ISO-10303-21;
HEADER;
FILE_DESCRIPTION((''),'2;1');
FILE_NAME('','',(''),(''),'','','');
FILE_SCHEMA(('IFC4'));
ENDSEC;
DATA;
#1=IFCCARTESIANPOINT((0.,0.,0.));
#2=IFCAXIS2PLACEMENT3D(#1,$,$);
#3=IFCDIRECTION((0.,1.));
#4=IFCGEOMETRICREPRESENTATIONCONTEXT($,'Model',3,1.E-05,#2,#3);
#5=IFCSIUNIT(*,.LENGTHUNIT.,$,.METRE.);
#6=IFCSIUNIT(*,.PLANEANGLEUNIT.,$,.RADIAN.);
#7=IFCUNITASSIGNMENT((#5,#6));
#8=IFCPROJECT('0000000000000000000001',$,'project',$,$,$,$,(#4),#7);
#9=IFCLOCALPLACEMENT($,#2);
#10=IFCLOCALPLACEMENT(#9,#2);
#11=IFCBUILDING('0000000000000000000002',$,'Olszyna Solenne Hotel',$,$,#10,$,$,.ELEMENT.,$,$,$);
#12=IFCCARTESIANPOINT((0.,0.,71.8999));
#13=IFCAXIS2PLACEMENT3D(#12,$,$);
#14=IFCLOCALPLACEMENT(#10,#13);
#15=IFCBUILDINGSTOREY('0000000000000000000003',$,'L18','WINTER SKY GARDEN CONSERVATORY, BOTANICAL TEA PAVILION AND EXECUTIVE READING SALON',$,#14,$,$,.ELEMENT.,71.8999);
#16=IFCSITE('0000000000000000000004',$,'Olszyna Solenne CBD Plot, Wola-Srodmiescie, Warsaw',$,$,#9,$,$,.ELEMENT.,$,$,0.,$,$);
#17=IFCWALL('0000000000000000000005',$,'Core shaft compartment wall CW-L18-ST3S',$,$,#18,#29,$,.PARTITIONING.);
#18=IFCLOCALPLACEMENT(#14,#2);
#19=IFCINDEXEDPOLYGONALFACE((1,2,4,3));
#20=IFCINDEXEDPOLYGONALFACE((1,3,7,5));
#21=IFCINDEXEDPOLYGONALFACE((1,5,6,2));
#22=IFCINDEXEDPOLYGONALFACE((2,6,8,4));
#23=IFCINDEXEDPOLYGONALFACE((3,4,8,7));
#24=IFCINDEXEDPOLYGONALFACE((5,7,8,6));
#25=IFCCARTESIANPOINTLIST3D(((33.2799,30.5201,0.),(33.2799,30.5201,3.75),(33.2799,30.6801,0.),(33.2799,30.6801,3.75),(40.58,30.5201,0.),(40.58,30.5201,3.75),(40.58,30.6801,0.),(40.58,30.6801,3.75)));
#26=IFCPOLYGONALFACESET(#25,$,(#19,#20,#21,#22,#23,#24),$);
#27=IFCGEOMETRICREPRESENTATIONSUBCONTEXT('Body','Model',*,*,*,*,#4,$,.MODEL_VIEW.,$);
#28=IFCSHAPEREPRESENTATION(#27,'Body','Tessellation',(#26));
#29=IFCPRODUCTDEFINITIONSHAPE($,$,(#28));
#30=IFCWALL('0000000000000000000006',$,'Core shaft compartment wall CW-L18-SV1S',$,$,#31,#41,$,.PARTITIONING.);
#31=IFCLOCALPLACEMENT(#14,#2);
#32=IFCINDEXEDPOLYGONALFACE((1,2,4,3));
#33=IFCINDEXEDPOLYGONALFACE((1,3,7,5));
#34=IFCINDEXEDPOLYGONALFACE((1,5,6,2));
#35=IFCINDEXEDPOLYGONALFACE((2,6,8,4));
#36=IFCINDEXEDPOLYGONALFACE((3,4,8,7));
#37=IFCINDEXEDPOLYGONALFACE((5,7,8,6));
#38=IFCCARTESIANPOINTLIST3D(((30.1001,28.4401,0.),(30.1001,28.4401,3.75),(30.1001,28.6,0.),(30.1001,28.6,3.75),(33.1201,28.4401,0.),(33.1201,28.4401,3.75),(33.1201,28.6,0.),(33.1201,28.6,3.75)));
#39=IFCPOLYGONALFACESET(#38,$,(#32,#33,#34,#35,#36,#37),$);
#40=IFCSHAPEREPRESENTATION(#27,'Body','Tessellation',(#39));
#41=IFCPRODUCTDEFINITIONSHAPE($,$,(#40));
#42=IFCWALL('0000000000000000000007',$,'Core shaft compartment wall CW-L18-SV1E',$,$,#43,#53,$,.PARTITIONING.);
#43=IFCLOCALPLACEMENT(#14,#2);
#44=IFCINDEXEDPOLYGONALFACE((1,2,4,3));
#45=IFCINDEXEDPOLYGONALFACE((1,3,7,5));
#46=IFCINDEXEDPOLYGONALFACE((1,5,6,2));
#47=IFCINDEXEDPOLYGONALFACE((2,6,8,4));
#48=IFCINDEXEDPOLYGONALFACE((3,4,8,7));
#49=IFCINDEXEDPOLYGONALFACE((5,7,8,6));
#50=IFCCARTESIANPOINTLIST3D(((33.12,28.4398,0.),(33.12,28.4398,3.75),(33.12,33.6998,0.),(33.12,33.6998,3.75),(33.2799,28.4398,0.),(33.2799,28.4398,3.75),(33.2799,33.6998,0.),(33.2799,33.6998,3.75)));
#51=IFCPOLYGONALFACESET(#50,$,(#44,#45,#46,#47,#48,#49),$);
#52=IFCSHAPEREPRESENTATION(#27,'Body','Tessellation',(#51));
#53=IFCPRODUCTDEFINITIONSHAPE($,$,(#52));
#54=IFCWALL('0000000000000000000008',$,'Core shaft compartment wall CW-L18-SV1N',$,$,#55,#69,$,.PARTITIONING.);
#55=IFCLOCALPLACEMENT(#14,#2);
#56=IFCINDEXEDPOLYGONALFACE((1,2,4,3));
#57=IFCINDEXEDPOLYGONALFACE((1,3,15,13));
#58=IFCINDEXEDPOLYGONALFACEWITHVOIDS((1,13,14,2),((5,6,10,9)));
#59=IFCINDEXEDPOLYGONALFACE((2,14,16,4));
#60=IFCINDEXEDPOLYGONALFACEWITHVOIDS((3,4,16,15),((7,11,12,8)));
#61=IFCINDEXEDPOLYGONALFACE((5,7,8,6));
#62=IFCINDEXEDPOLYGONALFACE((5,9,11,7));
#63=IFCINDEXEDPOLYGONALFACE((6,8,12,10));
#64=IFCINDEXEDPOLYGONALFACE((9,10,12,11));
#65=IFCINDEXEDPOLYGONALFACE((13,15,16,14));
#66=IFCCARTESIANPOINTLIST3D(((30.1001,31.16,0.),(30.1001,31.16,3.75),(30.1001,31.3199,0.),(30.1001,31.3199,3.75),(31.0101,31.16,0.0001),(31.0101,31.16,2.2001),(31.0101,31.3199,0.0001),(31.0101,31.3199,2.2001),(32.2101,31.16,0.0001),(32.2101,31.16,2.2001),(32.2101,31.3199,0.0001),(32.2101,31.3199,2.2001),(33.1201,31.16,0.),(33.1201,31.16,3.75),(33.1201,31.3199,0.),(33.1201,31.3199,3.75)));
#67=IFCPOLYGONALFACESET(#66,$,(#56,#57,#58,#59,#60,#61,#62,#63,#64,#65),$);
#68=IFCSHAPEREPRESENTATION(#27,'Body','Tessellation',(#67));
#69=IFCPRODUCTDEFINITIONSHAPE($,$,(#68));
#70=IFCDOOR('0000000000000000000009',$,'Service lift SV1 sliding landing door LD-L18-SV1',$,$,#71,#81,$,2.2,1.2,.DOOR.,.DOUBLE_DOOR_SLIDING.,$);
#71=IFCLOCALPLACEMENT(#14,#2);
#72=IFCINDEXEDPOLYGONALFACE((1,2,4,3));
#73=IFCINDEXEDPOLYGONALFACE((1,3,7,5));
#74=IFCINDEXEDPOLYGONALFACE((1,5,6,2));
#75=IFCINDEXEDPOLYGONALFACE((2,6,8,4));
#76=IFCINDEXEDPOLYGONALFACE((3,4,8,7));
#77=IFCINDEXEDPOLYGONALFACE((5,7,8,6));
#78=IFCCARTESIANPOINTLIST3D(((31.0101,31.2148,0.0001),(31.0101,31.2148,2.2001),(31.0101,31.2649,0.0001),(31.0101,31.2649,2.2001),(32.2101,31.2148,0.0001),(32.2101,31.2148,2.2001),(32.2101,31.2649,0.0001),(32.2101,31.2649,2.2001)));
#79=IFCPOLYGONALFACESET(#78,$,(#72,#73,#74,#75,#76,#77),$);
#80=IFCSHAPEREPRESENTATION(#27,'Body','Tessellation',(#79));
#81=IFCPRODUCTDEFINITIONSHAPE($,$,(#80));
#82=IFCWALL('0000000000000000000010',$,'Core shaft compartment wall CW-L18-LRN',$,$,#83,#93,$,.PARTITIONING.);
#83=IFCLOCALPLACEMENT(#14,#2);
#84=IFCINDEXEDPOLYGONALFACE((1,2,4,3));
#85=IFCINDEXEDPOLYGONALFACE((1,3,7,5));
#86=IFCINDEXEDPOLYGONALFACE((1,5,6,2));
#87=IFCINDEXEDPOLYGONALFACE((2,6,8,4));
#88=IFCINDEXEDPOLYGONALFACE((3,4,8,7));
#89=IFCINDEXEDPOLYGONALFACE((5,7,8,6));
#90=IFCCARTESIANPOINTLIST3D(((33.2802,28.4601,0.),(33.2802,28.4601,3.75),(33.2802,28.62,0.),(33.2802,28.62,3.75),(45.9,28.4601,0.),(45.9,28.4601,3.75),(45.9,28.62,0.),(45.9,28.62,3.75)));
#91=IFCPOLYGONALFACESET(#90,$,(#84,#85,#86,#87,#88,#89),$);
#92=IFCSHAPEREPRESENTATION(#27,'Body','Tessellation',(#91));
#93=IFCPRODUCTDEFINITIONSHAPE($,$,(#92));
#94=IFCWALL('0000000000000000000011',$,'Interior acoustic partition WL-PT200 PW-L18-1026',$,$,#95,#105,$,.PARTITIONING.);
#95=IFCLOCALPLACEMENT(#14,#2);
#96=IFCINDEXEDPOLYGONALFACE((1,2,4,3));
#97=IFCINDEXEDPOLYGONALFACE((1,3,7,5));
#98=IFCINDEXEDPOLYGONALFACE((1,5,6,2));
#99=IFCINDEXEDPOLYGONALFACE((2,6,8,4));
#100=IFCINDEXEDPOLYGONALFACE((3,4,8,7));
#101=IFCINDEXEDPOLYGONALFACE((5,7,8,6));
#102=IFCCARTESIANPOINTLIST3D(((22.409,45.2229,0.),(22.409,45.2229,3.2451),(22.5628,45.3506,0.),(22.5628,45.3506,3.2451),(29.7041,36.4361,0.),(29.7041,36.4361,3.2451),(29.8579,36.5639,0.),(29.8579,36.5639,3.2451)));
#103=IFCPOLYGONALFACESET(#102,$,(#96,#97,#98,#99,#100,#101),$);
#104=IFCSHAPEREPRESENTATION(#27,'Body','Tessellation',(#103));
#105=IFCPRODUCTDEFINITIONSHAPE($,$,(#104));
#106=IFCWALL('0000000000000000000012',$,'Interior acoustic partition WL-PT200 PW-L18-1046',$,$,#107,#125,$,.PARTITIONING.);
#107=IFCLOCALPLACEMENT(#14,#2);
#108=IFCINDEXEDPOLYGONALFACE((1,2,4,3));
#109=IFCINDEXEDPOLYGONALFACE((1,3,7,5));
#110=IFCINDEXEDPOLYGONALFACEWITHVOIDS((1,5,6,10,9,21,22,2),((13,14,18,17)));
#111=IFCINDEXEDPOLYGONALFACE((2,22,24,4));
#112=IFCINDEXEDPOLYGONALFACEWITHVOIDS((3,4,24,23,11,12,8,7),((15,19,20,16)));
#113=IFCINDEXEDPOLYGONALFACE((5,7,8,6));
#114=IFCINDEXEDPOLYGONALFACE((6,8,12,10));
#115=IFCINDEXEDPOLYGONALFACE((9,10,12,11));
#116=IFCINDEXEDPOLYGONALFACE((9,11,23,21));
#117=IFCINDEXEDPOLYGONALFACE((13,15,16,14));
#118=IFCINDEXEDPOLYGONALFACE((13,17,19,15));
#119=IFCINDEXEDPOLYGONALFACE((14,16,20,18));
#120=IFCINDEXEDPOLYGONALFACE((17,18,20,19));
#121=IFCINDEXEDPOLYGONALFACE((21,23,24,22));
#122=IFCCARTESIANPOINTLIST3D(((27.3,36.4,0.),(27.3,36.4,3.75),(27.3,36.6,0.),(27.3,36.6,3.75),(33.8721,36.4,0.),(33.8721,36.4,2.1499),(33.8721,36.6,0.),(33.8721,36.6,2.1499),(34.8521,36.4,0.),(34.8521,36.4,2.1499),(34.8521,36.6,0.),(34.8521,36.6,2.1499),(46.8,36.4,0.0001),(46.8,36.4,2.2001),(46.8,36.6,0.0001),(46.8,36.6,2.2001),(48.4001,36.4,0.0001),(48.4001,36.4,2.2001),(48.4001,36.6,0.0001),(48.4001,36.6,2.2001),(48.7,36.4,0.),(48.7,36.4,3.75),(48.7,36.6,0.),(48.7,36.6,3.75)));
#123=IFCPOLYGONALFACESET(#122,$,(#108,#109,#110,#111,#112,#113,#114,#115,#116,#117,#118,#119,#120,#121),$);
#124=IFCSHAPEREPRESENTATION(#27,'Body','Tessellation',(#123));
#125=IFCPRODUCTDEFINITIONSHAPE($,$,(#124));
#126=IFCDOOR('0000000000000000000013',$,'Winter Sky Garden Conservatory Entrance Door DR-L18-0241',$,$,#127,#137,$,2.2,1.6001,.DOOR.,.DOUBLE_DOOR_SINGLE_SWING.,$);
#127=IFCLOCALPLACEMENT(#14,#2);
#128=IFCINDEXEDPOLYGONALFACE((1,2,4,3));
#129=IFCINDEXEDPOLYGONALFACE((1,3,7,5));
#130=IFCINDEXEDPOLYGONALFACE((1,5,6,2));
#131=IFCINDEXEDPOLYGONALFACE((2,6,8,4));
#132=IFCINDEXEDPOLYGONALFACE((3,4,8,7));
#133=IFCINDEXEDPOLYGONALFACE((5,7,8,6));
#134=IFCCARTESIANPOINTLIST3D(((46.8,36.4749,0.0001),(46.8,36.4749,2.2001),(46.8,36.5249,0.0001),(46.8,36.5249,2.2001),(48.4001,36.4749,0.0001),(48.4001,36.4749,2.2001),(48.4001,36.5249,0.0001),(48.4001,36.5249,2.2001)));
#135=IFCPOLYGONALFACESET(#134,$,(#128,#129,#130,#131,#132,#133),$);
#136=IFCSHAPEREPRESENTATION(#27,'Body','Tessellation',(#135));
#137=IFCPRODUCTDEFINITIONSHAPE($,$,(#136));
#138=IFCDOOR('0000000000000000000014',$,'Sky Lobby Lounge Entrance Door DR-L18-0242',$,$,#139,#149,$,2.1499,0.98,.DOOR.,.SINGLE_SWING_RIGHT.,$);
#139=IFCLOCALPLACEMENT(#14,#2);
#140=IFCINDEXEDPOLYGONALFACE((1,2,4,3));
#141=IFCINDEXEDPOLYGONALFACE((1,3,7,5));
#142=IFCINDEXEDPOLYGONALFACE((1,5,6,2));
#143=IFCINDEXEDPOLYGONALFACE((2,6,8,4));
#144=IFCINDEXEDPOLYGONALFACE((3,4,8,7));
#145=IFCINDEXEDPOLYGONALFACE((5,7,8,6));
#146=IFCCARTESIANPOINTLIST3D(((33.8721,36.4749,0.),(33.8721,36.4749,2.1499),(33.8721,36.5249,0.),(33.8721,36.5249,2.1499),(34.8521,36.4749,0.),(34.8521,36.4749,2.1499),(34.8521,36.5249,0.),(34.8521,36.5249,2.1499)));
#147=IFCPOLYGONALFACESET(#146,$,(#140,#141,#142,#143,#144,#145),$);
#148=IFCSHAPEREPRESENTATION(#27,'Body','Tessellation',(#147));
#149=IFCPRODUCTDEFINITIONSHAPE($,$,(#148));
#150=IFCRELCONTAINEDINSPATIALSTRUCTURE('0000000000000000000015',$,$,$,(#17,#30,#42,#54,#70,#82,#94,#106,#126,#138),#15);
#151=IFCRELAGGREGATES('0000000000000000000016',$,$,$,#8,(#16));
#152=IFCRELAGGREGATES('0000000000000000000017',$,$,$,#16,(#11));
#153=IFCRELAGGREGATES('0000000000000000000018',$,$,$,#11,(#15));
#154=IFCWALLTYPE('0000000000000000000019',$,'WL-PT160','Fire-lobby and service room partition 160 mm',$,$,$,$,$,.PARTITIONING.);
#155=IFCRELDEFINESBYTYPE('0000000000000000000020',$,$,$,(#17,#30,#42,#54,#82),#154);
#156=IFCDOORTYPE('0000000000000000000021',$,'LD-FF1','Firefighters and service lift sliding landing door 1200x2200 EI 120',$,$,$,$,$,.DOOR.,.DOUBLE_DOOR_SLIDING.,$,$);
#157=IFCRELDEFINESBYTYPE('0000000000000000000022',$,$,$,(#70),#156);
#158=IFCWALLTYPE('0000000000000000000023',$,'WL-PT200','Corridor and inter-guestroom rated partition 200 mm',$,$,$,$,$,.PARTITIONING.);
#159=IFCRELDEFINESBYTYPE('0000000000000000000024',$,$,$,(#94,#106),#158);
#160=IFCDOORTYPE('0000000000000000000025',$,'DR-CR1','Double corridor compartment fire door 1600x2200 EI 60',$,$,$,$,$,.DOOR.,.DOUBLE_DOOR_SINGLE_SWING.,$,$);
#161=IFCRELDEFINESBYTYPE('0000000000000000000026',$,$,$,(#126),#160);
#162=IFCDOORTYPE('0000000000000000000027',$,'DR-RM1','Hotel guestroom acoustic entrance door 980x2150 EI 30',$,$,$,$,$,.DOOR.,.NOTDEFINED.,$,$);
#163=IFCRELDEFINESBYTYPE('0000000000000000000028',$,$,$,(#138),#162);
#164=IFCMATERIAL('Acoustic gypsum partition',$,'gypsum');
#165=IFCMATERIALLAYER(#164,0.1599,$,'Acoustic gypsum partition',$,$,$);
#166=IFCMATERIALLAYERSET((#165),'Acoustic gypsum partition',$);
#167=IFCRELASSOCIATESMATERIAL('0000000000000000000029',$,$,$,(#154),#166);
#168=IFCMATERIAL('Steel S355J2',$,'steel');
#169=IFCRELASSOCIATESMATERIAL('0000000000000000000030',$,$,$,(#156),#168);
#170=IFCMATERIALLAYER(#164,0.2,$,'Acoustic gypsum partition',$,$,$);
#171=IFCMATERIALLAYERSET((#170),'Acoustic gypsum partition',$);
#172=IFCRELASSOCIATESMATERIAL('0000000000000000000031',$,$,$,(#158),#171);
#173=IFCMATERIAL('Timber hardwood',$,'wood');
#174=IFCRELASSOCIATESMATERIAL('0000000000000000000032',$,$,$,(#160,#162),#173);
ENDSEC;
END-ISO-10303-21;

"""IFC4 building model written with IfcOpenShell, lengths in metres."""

from ifc_helpers import new_model, si_unit, direction, frame, frame_2d, origin, place, context, subcontext, project, spatial, rectangle, extrude, source, transform, mapped, material, layer, layer_set, type_object, type_shapes, element, fill, save


model = new_model("IFC4")

# Units and contexts
model_context = context("Model", 3, precision=1e-05, world=origin(), true_north=direction((0.0, 1.0)))
body_context = subcontext(model_context, "Body", "Model", "MODEL_VIEW")
ifc_project = project(units=[si_unit("LENGTHUNIT", "METRE"), si_unit("PLANEANGLEUNIT", "RADIAN")], contexts=[model_context])

# Site, building, storey
site_placement = place(None, origin())
site = spatial("IfcSite", under=ifc_project, at=site_placement, Name="Olszyna Solenne CBD Plot, Wola-Srodmiescie, Warsaw", CompositionType="ELEMENT", RefElevation=0.0)
building_placement = place(site_placement, origin())
building = spatial("IfcBuilding", under=site, at=building_placement, Name="Olszyna Solenne Hotel", CompositionType="ELEMENT")
storey_placement = place(building_placement, frame((0.0, 0.0, 71.8999)))
storey = spatial("IfcBuildingStorey", under=building, at=storey_placement, Name="L18", Description="WINTER SKY GARDEN CONSERVATORY, BOTANICAL TEA PAVILION AND EXECUTIVE READING SALON", CompositionType="ELEMENT", Elevation=71.8999)

# Shared definitions
ifc_material_1 = material(Name="Steel S355J2", Category="steel")

# Walls
ifc_material_2 = material(Name="Acoustic gypsum partition", Category="gypsum")
ifc_layer_1 = layer(ifc_material_2, 0.1599, Name="Acoustic gypsum partition")
ifc_layer_set_1 = layer_set([ifc_layer_1], Name="Acoustic gypsum partition")
wall_type_1 = type_object("IfcWallType", Name="WL-PT160", Description="Fire-lobby and service room partition 160 mm", PredefinedType="PARTITIONING", material=ifc_layer_set_1)
wall_1_placement = place(storey_placement, frame((33.28, 30.6001, 0.0), z_axis=(0.0, 0.0, 1.0), x_axis=(1.0, 0.0, 0.0)))
element("IfcWall", 1, at=wall_1_placement, inside=storey, type_object=wall_type_1, Name="Core shaft compartment wall CW-L18-ST3S", PredefinedType="PARTITIONING", context=body_context, shape_type="SweptSolid", body=[
    extrude(rectangle(XDim=7.3, YDim=0.1599, at=frame_2d((3.6499, 0.0))), origin(), (0.0, 0.0, 1.0), 3.75),
])
wall_2_placement = place(storey_placement, frame((30.1001, 28.52, 0.0), z_axis=(0.0, 0.0, 1.0), x_axis=(1.0, 0.0, 0.0)))
element("IfcWall", 2, at=wall_2_placement, inside=storey, type_object=wall_type_1, Name="Core shaft compartment wall CW-L18-SV1S", PredefinedType="PARTITIONING", context=body_context, shape_type="SweptSolid", body=[
    extrude(rectangle(XDim=3.02, YDim=0.1599, at=frame_2d((1.51, 0.0))), origin(), (0.0, 0.0, 1.0), 3.75),
])
wall_3_placement = place(storey_placement, frame((33.2, 28.4399, 0.0), z_axis=(0.0, 0.0, 1.0), x_axis=(0.0, 1.0, 0.0)))
element("IfcWall", 3, at=wall_3_placement, inside=storey, type_object=wall_type_1, Name="Core shaft compartment wall CW-L18-SV1E", PredefinedType="PARTITIONING", context=body_context, shape_type="SweptSolid", body=[
    extrude(rectangle(XDim=5.26, YDim=0.1599, at=frame_2d((2.6299, 0.0))), origin(), (0.0, 0.0, 1.0), 3.75),
])

# Wall, opening, door
wall_4_placement = place(storey_placement, frame((30.1001, 31.24, 0.0), z_axis=(0.0, 0.0, 1.0), x_axis=(1.0, 0.0, 0.0)))
wall_4 = element("IfcWall", 4, at=wall_4_placement, inside=storey, type_object=wall_type_1, Name="Core shaft compartment wall CW-L18-SV1N", PredefinedType="PARTITIONING", context=body_context, shape_type="SweptSolid", body=[
    extrude(rectangle(XDim=3.02, YDim=0.1599, at=frame_2d((1.51, 0.0))), origin(), (0.0, 0.0, 1.0), 3.75),
])
opening_1_placement = place(wall_4_placement, frame((0.9099, 0.0, 0.0)))
opening_1 = element("IfcOpeningElement", 5, at=opening_1_placement, cuts=wall_4, PredefinedType="OPENING", context=body_context, shape_type="SweptSolid", body=[
    extrude(rectangle(XDim=1.2, YDim=2.2, at=frame_2d((0.6001, 1.1001))), frame((0.0, 0.0898, 0.0), z_axis=(0.0, -1.0, 0.0), x_axis=(1.0, 0.0, 0.0)), (0.0, 0.0, 1.0), 0.1799),
])
door_type_1 = type_object("IfcDoorType", Name="LD-FF1", Description="Firefighters and service lift sliding landing door 1200x2200 EI 120", OperationType="DOUBLE_DOOR_SLIDING", PredefinedType="DOOR", material=ifc_material_1)
shared_shape_1 = source(origin(), body_context, "Body", "SweptSolid", [
    extrude(rectangle(XDim=1.2, YDim=2.2, at=frame_2d((0.6001, 1.1001))), frame((0.0, 0.0249, 0.0), z_axis=(0.0, -1.0, 0.0), x_axis=(1.0, 0.0, 0.0)), (0.0, 0.0, 1.0), 0.05),
])
type_shapes(door_type_1, [shared_shape_1])
door_1_placement = place(opening_1_placement, origin())
door_1 = element("IfcDoor", 6, at=door_1_placement, inside=storey, type_object=door_type_1, Name="Service lift SV1 sliding landing door LD-L18-SV1", OperationType="DOUBLE_DOOR_SLIDING", OverallHeight=2.2, OverallWidth=1.2, PredefinedType="DOOR", context=body_context, shape_type="MappedRepresentation", body=[
    mapped(shared_shape_1, transform((0.0, 0.0, 0.0), x_axis=(1.0, 0.0, 0.0), y_axis=(0.0, 1.0, 0.0), z_axis=(0.0, 0.0, 1.0), scale=1.0)),
])
fill(opening_1, door_1)

# Walls
wall_5_placement = place(storey_placement, frame((33.28, 28.54, 0.0), z_axis=(0.0, 0.0, 1.0), x_axis=(1.0, 0.0, 0.0)))
element("IfcWall", 7, at=wall_5_placement, inside=storey, type_object=wall_type_1, Name="Core shaft compartment wall CW-L18-LRN", PredefinedType="PARTITIONING", context=body_context, shape_type="SweptSolid", body=[
    extrude(rectangle(XDim=12.6199, YDim=0.1599, at=frame_2d((6.3101, 0.0))), origin(), (0.0, 0.0, 1.0), 3.75),
])
ifc_layer_2 = layer(ifc_material_2, 0.2, Name="Acoustic gypsum partition")
ifc_layer_set_2 = layer_set([ifc_layer_2], Name="Acoustic gypsum partition")
wall_type_2 = type_object("IfcWallType", Name="WL-PT200", Description="Corridor and inter-guestroom rated partition 200 mm", PredefinedType="PARTITIONING", material=ifc_layer_set_2)
wall_6_placement = place(storey_placement, frame((29.781, 36.5, 0.0), z_axis=(0.0, 0.0, 1.0), x_axis=(-0.638777, 0.769392, 0.0)))
element("IfcWall", 8, at=wall_6_placement, inside=storey, type_object=wall_type_2, Name="Interior acoustic partition WL-PT200 PW-L18-1026", PredefinedType="PARTITIONING", context=body_context, shape_type="SweptSolid", body=[
    extrude(rectangle(XDim=11.4204, YDim=0.2, at=frame_2d((5.7102, 0.0))), origin(), (0.0, 0.0, 1.0), 3.2451),
])

# Wall, openings, doors
wall_7_placement = place(storey_placement, frame((27.3, 36.5, 0.0), z_axis=(0.0, 0.0, 1.0), x_axis=(1.0, 0.0, 0.0)))
wall_7 = element("IfcWall", 9, at=wall_7_placement, inside=storey, type_object=wall_type_2, Name="Interior acoustic partition WL-PT200 PW-L18-1046", PredefinedType="PARTITIONING", context=body_context, shape_type="SweptSolid", body=[
    extrude(rectangle(XDim=21.3999, YDim=0.2, at=frame_2d((10.7, 0.0))), origin(), (0.0, 0.0, 1.0), 3.75),
])
opening_2_placement = place(wall_7_placement, frame((19.5, 0.0, 0.0)))
opening_2 = element("IfcOpeningElement", 10, at=opening_2_placement, cuts=wall_7, PredefinedType="OPENING", context=body_context, shape_type="SweptSolid", body=[
    extrude(rectangle(XDim=1.6001, YDim=2.2, at=frame_2d((0.8, 1.1001))), frame((0.0, 0.1099, 0.0), z_axis=(0.0, -1.0, 0.0), x_axis=(1.0, 0.0, 0.0)), (0.0, 0.0, 1.0), 0.22),
])
opening_3_placement = place(wall_7_placement, frame((6.572, 0.0, 0.0)))
opening_3 = element("IfcOpeningElement", 11, at=opening_3_placement, cuts=wall_7, PredefinedType="OPENING", context=body_context, shape_type="SweptSolid", body=[
    extrude(rectangle(XDim=0.98, YDim=2.1499, at=frame_2d((0.49, 1.075))), frame((0.0, 0.1099, 0.0), z_axis=(0.0, -1.0, 0.0), x_axis=(1.0, 0.0, 0.0)), (0.0, 0.0, 1.0), 0.22),
])
ifc_material_3 = material(Name="Timber hardwood", Category="wood")
door_type_2 = type_object("IfcDoorType", Name="DR-CR1", Description="Double corridor compartment fire door 1600x2200 EI 60", OperationType="DOUBLE_DOOR_SINGLE_SWING", PredefinedType="DOOR", material=ifc_material_3)
shared_shape_2 = source(origin(), body_context, "Body", "SweptSolid", [
    extrude(rectangle(XDim=1.6001, YDim=2.2, at=frame_2d((0.8, 1.1001))), frame((0.0, 0.0249, 0.0), z_axis=(0.0, -1.0, 0.0), x_axis=(1.0, 0.0, 0.0)), (0.0, 0.0, 1.0), 0.05),
])
type_shapes(door_type_2, [shared_shape_2])
door_2_placement = place(opening_2_placement, origin())
door_2 = element("IfcDoor", 12, at=door_2_placement, inside=storey, type_object=door_type_2, Name="Winter Sky Garden Conservatory Entrance Door DR-L18-0241", OperationType="DOUBLE_DOOR_SINGLE_SWING", OverallHeight=2.2, OverallWidth=1.6001, PredefinedType="DOOR", context=body_context, shape_type="MappedRepresentation", body=[
    mapped(shared_shape_2, transform((0.0, 0.0, 0.0), x_axis=(1.0, 0.0, 0.0), y_axis=(0.0, 1.0, 0.0), z_axis=(0.0, 0.0, 1.0), scale=1.0)),
])
fill(opening_2, door_2)
door_type_3 = type_object("IfcDoorType", Name="DR-RM1", Description="Hotel guestroom acoustic entrance door 980x2150 EI 30", OperationType="NOTDEFINED", PredefinedType="DOOR", material=ifc_material_3)
shared_shape_3 = source(origin(), body_context, "Body", "SweptSolid", [
    extrude(rectangle(XDim=0.98, YDim=2.1499, at=frame_2d((0.49, 1.075))), frame((0.0, 0.0249, 0.0), z_axis=(0.0, -1.0, 0.0), x_axis=(1.0, 0.0, 0.0)), (0.0, 0.0, 1.0), 0.05),
])
type_shapes(door_type_3, [shared_shape_3])
door_3_placement = place(opening_3_placement, origin())
door_3 = element("IfcDoor", 13, at=door_3_placement, inside=storey, type_object=door_type_3, Name="Sky Lobby Lounge Entrance Door DR-L18-0242", OperationType="SINGLE_SWING_RIGHT", OverallHeight=2.1499, OverallWidth=0.98, PredefinedType="DOOR", context=body_context, shape_type="MappedRepresentation", body=[
    mapped(shared_shape_3, transform((0.0, 0.0, 0.0), x_axis=(1.0, 0.0, 0.0), y_axis=(0.0, 1.0, 0.0), z_axis=(0.0, 0.0, 1.0), scale=1.0)),
])
fill(opening_3, door_3)

save(model, "model.ifc")
